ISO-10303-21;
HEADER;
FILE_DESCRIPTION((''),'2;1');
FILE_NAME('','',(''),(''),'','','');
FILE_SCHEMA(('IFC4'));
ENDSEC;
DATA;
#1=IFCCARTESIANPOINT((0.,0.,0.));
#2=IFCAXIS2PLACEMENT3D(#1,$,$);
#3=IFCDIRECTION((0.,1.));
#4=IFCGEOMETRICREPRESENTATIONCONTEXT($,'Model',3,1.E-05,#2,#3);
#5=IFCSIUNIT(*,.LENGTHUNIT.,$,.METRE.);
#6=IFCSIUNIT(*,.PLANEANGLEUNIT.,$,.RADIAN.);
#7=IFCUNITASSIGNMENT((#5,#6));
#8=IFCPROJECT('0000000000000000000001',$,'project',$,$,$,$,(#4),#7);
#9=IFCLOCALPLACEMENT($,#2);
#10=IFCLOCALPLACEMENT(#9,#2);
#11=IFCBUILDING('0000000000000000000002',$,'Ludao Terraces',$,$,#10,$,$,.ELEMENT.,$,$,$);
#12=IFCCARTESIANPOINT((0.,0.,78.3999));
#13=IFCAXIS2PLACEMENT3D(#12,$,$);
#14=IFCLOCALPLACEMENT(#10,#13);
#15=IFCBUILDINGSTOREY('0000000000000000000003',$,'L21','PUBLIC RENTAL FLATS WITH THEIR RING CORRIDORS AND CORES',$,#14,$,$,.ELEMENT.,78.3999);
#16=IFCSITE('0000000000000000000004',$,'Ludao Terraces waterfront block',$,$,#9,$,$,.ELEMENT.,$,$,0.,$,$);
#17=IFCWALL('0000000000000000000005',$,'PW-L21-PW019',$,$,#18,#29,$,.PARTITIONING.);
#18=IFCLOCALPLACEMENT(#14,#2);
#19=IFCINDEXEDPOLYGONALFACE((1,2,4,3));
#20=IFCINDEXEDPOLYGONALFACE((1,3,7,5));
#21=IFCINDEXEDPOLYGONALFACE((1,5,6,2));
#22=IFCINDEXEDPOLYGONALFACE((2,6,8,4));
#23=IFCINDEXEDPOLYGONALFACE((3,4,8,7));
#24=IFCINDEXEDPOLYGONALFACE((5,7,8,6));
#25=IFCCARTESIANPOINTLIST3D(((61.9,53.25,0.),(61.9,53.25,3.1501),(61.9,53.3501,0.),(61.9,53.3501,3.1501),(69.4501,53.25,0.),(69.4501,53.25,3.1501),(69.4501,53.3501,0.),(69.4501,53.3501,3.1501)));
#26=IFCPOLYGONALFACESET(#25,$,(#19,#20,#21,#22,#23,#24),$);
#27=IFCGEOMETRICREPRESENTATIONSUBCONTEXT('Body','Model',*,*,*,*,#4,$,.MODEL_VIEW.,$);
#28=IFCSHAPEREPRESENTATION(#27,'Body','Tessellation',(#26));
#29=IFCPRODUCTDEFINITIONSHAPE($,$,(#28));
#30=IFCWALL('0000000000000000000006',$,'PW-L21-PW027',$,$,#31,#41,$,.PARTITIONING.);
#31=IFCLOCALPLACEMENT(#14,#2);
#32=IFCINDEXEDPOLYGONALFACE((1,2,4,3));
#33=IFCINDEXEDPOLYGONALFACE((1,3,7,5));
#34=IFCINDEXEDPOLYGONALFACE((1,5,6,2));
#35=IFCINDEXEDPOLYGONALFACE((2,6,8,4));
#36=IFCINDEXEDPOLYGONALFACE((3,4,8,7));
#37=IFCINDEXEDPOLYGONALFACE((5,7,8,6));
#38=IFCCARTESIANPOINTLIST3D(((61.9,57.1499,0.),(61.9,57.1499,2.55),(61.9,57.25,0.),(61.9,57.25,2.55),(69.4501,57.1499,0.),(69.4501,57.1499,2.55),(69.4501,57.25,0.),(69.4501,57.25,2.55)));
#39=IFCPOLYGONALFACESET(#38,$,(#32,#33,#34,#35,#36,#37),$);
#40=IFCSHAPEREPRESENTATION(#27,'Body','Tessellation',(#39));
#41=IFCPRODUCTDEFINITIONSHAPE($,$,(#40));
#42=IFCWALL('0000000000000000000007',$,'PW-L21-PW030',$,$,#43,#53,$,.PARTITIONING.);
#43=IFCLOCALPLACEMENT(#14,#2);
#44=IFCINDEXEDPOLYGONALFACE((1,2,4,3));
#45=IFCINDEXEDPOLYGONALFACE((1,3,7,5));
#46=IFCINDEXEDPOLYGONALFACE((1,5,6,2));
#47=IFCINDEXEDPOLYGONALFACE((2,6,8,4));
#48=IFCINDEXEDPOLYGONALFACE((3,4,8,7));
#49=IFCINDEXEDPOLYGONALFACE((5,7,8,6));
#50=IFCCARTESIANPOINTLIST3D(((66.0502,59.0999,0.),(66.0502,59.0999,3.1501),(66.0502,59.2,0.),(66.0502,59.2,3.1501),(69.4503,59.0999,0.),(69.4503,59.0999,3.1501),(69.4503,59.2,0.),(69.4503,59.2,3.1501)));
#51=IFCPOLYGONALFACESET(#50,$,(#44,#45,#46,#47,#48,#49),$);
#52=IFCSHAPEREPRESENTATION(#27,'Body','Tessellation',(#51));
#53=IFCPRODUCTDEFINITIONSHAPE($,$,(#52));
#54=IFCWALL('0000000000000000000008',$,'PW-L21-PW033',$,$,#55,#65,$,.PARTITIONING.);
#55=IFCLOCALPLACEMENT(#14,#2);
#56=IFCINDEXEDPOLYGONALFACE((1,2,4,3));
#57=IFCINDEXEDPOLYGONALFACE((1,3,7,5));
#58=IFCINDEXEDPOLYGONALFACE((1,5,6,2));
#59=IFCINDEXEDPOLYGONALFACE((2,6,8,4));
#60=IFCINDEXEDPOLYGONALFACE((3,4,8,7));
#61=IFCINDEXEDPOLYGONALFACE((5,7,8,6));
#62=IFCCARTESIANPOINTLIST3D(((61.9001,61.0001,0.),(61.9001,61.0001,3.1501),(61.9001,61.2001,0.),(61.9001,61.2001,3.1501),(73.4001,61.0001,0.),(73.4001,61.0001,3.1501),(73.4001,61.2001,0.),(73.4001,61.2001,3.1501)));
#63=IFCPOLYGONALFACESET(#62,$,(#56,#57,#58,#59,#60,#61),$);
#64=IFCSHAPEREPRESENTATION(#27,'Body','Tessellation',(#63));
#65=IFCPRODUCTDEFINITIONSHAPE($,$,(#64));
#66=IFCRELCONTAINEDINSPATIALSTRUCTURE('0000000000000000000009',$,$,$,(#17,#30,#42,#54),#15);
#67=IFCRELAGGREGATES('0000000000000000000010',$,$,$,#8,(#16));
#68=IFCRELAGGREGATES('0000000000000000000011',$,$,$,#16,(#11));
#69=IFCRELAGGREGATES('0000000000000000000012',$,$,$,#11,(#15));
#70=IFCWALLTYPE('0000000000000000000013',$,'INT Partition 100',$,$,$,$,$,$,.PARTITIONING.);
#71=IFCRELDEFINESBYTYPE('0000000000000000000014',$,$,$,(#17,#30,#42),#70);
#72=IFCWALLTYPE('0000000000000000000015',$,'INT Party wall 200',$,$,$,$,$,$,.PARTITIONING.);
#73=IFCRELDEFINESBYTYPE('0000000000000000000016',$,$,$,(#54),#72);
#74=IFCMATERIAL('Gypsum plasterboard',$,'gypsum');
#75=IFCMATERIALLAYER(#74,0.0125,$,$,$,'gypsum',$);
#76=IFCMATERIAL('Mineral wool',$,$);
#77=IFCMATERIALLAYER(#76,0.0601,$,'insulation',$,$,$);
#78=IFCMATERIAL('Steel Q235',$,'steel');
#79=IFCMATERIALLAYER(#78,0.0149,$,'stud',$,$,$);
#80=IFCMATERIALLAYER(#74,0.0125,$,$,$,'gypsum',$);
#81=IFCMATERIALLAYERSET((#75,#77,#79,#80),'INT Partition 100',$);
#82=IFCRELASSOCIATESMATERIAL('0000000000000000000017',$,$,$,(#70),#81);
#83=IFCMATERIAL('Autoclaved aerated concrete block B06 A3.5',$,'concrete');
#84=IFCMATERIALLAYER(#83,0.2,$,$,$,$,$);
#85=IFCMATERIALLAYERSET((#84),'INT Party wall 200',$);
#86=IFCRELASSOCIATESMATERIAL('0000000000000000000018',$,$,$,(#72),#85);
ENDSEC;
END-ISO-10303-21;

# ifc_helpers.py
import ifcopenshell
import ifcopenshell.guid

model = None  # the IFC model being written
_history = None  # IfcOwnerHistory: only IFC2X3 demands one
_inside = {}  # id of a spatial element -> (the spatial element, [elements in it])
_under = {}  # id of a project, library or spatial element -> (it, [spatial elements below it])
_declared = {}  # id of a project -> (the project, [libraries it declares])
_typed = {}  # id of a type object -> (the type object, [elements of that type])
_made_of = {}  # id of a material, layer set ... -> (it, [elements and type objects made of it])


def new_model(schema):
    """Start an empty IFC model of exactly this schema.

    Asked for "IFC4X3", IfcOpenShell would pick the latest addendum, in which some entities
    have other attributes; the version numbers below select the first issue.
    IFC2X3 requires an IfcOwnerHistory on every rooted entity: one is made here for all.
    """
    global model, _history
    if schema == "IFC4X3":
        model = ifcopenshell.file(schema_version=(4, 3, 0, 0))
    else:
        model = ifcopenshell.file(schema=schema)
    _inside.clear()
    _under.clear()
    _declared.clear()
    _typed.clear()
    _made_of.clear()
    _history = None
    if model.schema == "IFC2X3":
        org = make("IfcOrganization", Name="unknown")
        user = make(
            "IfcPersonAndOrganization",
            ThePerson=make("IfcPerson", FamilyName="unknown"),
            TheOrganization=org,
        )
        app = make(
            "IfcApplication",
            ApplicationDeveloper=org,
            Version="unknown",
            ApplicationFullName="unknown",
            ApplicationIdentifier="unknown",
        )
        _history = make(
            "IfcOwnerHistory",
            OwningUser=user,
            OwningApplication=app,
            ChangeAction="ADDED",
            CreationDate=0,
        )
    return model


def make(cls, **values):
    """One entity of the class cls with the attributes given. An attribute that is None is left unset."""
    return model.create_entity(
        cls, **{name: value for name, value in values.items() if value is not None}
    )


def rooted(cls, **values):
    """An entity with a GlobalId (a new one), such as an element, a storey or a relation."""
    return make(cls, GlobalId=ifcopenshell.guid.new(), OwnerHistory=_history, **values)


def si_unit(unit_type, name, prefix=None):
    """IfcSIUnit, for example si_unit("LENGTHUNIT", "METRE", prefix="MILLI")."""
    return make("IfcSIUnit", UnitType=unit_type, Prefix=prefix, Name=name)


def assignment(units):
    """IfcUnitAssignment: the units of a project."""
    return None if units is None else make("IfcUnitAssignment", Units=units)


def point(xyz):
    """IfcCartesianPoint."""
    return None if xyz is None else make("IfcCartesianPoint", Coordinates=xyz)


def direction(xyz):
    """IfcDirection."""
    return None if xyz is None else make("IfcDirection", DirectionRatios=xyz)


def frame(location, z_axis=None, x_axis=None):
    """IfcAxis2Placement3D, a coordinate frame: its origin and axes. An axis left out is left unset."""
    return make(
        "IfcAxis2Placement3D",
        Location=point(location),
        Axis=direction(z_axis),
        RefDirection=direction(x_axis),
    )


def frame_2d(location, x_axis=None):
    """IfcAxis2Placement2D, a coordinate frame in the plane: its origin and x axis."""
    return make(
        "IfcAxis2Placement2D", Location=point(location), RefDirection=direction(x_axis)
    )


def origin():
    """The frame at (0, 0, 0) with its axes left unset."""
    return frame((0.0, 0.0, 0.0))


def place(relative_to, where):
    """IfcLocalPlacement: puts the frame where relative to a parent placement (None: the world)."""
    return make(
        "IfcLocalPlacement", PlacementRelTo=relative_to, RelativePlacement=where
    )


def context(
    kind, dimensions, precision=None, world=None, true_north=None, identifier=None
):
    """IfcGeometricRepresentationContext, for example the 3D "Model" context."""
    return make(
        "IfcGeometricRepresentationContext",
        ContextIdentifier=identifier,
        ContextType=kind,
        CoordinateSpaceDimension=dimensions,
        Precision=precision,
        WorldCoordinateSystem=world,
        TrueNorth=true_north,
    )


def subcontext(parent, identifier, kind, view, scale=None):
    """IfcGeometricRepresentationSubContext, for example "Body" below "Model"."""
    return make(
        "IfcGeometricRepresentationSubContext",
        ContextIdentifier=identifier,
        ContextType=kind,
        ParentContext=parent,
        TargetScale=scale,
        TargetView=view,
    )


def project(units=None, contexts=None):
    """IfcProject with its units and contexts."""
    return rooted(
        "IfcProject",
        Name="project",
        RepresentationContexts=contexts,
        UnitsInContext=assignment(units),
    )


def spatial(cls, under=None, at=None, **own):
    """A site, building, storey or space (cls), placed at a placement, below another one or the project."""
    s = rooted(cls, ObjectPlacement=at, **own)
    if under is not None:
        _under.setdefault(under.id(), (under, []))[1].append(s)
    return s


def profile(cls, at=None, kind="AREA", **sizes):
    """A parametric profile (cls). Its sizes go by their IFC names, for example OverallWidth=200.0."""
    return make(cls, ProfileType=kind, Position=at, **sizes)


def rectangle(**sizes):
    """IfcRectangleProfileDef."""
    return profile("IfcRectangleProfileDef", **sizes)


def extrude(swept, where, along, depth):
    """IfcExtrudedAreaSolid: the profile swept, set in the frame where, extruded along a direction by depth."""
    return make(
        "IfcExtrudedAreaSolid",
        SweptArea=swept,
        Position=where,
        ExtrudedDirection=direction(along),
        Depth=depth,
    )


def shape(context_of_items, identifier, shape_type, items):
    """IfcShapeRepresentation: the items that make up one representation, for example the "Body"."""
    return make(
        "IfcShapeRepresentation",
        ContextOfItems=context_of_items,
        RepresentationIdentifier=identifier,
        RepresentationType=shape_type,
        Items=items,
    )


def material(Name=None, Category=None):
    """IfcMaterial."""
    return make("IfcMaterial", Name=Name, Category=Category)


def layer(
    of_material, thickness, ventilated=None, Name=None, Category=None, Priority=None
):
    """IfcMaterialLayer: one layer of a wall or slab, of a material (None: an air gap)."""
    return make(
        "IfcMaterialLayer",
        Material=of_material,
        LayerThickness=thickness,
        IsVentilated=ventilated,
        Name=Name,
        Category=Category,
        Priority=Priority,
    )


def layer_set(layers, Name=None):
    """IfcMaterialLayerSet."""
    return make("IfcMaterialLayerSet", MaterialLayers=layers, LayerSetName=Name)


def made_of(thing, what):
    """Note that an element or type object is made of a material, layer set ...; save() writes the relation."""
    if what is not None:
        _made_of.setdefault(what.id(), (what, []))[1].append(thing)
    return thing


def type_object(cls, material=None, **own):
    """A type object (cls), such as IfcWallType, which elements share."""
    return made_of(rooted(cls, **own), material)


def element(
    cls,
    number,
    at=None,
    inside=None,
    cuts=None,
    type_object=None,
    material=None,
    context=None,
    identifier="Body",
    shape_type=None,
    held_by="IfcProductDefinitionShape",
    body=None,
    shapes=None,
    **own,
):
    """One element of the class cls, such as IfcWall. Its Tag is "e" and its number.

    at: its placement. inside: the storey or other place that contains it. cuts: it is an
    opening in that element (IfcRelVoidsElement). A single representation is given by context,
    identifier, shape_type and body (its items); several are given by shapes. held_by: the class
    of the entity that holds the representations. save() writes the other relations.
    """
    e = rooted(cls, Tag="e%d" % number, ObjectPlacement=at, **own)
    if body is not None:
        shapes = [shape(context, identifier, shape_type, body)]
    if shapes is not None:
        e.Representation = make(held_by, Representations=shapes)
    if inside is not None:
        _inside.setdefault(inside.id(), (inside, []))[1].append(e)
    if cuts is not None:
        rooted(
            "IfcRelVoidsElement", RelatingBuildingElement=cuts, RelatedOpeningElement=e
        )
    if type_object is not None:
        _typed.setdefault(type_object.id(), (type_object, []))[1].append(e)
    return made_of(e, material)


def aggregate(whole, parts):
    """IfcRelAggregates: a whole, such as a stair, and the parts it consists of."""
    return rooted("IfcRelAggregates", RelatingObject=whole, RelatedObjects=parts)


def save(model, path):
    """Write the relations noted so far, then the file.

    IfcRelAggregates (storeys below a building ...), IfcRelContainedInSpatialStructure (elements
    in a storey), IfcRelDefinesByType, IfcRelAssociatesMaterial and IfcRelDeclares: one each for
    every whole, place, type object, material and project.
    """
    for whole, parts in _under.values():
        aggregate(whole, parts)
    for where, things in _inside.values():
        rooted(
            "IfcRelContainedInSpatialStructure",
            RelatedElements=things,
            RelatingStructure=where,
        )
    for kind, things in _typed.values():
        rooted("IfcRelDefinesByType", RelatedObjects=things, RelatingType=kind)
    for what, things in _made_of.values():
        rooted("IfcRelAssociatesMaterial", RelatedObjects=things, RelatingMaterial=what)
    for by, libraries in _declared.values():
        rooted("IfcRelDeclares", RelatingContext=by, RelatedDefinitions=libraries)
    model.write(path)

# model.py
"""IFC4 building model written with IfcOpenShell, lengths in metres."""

from ifc_helpers import new_model, si_unit, direction, frame, frame_2d, origin, place, context, subcontext, project, spatial, rectangle, extrude, material, layer, layer_set, type_object, element, save


model = new_model("IFC4")

# Units and contexts
model_context = context("Model", 3, precision=1e-05, world=origin(), true_north=direction((0.0, 1.0)))
body_context = subcontext(model_context, "Body", "Model", "MODEL_VIEW")
ifc_project = project(units=[si_unit("LENGTHUNIT", "METRE"), si_unit("PLANEANGLEUNIT", "RADIAN")], contexts=[model_context])

# Site, building, storey
site_placement = place(None, origin())
site = spatial("IfcSite", under=ifc_project, at=site_placement, Name="Ludao Terraces waterfront block", CompositionType="ELEMENT", RefElevation=0.0)
building_placement = place(site_placement, origin())
building = spatial("IfcBuilding", under=site, at=building_placement, Name="Ludao Terraces", CompositionType="ELEMENT")
storey_placement = place(building_placement, frame((0.0, 0.0, 78.3999)))
storey = spatial("IfcBuildingStorey", under=building, at=storey_placement, Name="L21", Description="PUBLIC RENTAL FLATS WITH THEIR RING CORRIDORS AND CORES", CompositionType="ELEMENT", Elevation=78.3999)

# Shared definitions
ifc_material_1 = material(Name="Mineral wool")

# Shared definitions
ifc_material_2 = material(Name="Gypsum plasterboard", Category="gypsum")
ifc_layer_1 = layer(ifc_material_2, 0.0125, Category="gypsum")
ifc_layer_2 = layer(ifc_material_1, 0.0601, Name="insulation")
ifc_material_3 = material(Name="Steel Q235", Category="steel")
ifc_layer_3 = layer(ifc_material_3, 0.0149, Name="stud")
ifc_layer_4 = layer(ifc_material_2, 0.0125, Category="gypsum")
ifc_layer_set_1 = layer_set([ifc_layer_1, ifc_layer_2, ifc_layer_3, ifc_layer_4], Name="INT Partition 100")
wall_type_1 = type_object("IfcWallType", Name="INT Partition 100", PredefinedType="PARTITIONING", material=ifc_layer_set_1)

# Walls
wall_1_placement = place(storey_placement, frame((61.9001, 53.3, 0.0), z_axis=(0.0, 0.0, 1.0), x_axis=(1.0, 0.0, 0.0)))
element("IfcWall", 1, at=wall_1_placement, inside=storey, type_object=wall_type_1, Name="PW-L21-PW019", PredefinedType="PARTITIONING", context=body_context, shape_type="SweptSolid", body=[
    extrude(rectangle(XDim=7.55, YDim=0.1001, at=frame_2d((3.7749, 0.0))), origin(), (0.0, 0.0, 1.0), 3.1501),
])
wall_2_placement = place(storey_placement, frame((61.9001, 57.2, 0.0), z_axis=(0.0, 0.0, 1.0), x_axis=(1.0, 0.0, 0.0)))
element("IfcWall", 2, at=wall_2_placement, inside=storey, type_object=wall_type_1, Name="PW-L21-PW027", PredefinedType="PARTITIONING", context=body_context, shape_type="SweptSolid", body=[
    extrude(rectangle(XDim=7.55, YDim=0.1001, at=frame_2d((3.7749, 0.0))), origin(), (0.0, 0.0, 1.0), 2.55),
])
wall_3_placement = place(storey_placement, frame((66.05, 59.1499, 0.0), z_axis=(0.0, 0.0, 1.0), x_axis=(1.0, 0.0, 0.0)))
element("IfcWall", 3, at=wall_3_placement, inside=storey, type_object=wall_type_1, Name="PW-L21-PW030", PredefinedType="PARTITIONING", context=body_context, shape_type="SweptSolid", body=[
    extrude(rectangle(XDim=3.4001, YDim=0.1001, at=frame_2d((1.7002, 0.0))), origin(), (0.0, 0.0, 1.0), 3.1501),
])
ifc_material_4 = material(Name="Autoclaved aerated concrete block B06 A3.5", Category="concrete")
ifc_layer_5 = layer(ifc_material_4, 0.2)
ifc_layer_set_2 = layer_set([ifc_layer_5], Name="INT Party wall 200")
wall_type_2 = type_object("IfcWallType", Name="INT Party wall 200", PredefinedType="PARTITIONING", material=ifc_layer_set_2)
wall_4_placement = place(storey_placement, frame((61.9001, 61.1001, 0.0), z_axis=(0.0, 0.0, 1.0), x_axis=(1.0, 0.0, 0.0)))
element("IfcWall", 4, at=wall_4_placement, inside=storey, type_object=wall_type_2, Name="PW-L21-PW033", PredefinedType="PARTITIONING", context=body_context, shape_type="SweptSolid", body=[
    extrude(rectangle(XDim=11.5, YDim=0.2, at=frame_2d((5.75, 0.0))), origin(), (0.0, 0.0, 1.0), 3.1501),
])

save(model, "model.ifc")
